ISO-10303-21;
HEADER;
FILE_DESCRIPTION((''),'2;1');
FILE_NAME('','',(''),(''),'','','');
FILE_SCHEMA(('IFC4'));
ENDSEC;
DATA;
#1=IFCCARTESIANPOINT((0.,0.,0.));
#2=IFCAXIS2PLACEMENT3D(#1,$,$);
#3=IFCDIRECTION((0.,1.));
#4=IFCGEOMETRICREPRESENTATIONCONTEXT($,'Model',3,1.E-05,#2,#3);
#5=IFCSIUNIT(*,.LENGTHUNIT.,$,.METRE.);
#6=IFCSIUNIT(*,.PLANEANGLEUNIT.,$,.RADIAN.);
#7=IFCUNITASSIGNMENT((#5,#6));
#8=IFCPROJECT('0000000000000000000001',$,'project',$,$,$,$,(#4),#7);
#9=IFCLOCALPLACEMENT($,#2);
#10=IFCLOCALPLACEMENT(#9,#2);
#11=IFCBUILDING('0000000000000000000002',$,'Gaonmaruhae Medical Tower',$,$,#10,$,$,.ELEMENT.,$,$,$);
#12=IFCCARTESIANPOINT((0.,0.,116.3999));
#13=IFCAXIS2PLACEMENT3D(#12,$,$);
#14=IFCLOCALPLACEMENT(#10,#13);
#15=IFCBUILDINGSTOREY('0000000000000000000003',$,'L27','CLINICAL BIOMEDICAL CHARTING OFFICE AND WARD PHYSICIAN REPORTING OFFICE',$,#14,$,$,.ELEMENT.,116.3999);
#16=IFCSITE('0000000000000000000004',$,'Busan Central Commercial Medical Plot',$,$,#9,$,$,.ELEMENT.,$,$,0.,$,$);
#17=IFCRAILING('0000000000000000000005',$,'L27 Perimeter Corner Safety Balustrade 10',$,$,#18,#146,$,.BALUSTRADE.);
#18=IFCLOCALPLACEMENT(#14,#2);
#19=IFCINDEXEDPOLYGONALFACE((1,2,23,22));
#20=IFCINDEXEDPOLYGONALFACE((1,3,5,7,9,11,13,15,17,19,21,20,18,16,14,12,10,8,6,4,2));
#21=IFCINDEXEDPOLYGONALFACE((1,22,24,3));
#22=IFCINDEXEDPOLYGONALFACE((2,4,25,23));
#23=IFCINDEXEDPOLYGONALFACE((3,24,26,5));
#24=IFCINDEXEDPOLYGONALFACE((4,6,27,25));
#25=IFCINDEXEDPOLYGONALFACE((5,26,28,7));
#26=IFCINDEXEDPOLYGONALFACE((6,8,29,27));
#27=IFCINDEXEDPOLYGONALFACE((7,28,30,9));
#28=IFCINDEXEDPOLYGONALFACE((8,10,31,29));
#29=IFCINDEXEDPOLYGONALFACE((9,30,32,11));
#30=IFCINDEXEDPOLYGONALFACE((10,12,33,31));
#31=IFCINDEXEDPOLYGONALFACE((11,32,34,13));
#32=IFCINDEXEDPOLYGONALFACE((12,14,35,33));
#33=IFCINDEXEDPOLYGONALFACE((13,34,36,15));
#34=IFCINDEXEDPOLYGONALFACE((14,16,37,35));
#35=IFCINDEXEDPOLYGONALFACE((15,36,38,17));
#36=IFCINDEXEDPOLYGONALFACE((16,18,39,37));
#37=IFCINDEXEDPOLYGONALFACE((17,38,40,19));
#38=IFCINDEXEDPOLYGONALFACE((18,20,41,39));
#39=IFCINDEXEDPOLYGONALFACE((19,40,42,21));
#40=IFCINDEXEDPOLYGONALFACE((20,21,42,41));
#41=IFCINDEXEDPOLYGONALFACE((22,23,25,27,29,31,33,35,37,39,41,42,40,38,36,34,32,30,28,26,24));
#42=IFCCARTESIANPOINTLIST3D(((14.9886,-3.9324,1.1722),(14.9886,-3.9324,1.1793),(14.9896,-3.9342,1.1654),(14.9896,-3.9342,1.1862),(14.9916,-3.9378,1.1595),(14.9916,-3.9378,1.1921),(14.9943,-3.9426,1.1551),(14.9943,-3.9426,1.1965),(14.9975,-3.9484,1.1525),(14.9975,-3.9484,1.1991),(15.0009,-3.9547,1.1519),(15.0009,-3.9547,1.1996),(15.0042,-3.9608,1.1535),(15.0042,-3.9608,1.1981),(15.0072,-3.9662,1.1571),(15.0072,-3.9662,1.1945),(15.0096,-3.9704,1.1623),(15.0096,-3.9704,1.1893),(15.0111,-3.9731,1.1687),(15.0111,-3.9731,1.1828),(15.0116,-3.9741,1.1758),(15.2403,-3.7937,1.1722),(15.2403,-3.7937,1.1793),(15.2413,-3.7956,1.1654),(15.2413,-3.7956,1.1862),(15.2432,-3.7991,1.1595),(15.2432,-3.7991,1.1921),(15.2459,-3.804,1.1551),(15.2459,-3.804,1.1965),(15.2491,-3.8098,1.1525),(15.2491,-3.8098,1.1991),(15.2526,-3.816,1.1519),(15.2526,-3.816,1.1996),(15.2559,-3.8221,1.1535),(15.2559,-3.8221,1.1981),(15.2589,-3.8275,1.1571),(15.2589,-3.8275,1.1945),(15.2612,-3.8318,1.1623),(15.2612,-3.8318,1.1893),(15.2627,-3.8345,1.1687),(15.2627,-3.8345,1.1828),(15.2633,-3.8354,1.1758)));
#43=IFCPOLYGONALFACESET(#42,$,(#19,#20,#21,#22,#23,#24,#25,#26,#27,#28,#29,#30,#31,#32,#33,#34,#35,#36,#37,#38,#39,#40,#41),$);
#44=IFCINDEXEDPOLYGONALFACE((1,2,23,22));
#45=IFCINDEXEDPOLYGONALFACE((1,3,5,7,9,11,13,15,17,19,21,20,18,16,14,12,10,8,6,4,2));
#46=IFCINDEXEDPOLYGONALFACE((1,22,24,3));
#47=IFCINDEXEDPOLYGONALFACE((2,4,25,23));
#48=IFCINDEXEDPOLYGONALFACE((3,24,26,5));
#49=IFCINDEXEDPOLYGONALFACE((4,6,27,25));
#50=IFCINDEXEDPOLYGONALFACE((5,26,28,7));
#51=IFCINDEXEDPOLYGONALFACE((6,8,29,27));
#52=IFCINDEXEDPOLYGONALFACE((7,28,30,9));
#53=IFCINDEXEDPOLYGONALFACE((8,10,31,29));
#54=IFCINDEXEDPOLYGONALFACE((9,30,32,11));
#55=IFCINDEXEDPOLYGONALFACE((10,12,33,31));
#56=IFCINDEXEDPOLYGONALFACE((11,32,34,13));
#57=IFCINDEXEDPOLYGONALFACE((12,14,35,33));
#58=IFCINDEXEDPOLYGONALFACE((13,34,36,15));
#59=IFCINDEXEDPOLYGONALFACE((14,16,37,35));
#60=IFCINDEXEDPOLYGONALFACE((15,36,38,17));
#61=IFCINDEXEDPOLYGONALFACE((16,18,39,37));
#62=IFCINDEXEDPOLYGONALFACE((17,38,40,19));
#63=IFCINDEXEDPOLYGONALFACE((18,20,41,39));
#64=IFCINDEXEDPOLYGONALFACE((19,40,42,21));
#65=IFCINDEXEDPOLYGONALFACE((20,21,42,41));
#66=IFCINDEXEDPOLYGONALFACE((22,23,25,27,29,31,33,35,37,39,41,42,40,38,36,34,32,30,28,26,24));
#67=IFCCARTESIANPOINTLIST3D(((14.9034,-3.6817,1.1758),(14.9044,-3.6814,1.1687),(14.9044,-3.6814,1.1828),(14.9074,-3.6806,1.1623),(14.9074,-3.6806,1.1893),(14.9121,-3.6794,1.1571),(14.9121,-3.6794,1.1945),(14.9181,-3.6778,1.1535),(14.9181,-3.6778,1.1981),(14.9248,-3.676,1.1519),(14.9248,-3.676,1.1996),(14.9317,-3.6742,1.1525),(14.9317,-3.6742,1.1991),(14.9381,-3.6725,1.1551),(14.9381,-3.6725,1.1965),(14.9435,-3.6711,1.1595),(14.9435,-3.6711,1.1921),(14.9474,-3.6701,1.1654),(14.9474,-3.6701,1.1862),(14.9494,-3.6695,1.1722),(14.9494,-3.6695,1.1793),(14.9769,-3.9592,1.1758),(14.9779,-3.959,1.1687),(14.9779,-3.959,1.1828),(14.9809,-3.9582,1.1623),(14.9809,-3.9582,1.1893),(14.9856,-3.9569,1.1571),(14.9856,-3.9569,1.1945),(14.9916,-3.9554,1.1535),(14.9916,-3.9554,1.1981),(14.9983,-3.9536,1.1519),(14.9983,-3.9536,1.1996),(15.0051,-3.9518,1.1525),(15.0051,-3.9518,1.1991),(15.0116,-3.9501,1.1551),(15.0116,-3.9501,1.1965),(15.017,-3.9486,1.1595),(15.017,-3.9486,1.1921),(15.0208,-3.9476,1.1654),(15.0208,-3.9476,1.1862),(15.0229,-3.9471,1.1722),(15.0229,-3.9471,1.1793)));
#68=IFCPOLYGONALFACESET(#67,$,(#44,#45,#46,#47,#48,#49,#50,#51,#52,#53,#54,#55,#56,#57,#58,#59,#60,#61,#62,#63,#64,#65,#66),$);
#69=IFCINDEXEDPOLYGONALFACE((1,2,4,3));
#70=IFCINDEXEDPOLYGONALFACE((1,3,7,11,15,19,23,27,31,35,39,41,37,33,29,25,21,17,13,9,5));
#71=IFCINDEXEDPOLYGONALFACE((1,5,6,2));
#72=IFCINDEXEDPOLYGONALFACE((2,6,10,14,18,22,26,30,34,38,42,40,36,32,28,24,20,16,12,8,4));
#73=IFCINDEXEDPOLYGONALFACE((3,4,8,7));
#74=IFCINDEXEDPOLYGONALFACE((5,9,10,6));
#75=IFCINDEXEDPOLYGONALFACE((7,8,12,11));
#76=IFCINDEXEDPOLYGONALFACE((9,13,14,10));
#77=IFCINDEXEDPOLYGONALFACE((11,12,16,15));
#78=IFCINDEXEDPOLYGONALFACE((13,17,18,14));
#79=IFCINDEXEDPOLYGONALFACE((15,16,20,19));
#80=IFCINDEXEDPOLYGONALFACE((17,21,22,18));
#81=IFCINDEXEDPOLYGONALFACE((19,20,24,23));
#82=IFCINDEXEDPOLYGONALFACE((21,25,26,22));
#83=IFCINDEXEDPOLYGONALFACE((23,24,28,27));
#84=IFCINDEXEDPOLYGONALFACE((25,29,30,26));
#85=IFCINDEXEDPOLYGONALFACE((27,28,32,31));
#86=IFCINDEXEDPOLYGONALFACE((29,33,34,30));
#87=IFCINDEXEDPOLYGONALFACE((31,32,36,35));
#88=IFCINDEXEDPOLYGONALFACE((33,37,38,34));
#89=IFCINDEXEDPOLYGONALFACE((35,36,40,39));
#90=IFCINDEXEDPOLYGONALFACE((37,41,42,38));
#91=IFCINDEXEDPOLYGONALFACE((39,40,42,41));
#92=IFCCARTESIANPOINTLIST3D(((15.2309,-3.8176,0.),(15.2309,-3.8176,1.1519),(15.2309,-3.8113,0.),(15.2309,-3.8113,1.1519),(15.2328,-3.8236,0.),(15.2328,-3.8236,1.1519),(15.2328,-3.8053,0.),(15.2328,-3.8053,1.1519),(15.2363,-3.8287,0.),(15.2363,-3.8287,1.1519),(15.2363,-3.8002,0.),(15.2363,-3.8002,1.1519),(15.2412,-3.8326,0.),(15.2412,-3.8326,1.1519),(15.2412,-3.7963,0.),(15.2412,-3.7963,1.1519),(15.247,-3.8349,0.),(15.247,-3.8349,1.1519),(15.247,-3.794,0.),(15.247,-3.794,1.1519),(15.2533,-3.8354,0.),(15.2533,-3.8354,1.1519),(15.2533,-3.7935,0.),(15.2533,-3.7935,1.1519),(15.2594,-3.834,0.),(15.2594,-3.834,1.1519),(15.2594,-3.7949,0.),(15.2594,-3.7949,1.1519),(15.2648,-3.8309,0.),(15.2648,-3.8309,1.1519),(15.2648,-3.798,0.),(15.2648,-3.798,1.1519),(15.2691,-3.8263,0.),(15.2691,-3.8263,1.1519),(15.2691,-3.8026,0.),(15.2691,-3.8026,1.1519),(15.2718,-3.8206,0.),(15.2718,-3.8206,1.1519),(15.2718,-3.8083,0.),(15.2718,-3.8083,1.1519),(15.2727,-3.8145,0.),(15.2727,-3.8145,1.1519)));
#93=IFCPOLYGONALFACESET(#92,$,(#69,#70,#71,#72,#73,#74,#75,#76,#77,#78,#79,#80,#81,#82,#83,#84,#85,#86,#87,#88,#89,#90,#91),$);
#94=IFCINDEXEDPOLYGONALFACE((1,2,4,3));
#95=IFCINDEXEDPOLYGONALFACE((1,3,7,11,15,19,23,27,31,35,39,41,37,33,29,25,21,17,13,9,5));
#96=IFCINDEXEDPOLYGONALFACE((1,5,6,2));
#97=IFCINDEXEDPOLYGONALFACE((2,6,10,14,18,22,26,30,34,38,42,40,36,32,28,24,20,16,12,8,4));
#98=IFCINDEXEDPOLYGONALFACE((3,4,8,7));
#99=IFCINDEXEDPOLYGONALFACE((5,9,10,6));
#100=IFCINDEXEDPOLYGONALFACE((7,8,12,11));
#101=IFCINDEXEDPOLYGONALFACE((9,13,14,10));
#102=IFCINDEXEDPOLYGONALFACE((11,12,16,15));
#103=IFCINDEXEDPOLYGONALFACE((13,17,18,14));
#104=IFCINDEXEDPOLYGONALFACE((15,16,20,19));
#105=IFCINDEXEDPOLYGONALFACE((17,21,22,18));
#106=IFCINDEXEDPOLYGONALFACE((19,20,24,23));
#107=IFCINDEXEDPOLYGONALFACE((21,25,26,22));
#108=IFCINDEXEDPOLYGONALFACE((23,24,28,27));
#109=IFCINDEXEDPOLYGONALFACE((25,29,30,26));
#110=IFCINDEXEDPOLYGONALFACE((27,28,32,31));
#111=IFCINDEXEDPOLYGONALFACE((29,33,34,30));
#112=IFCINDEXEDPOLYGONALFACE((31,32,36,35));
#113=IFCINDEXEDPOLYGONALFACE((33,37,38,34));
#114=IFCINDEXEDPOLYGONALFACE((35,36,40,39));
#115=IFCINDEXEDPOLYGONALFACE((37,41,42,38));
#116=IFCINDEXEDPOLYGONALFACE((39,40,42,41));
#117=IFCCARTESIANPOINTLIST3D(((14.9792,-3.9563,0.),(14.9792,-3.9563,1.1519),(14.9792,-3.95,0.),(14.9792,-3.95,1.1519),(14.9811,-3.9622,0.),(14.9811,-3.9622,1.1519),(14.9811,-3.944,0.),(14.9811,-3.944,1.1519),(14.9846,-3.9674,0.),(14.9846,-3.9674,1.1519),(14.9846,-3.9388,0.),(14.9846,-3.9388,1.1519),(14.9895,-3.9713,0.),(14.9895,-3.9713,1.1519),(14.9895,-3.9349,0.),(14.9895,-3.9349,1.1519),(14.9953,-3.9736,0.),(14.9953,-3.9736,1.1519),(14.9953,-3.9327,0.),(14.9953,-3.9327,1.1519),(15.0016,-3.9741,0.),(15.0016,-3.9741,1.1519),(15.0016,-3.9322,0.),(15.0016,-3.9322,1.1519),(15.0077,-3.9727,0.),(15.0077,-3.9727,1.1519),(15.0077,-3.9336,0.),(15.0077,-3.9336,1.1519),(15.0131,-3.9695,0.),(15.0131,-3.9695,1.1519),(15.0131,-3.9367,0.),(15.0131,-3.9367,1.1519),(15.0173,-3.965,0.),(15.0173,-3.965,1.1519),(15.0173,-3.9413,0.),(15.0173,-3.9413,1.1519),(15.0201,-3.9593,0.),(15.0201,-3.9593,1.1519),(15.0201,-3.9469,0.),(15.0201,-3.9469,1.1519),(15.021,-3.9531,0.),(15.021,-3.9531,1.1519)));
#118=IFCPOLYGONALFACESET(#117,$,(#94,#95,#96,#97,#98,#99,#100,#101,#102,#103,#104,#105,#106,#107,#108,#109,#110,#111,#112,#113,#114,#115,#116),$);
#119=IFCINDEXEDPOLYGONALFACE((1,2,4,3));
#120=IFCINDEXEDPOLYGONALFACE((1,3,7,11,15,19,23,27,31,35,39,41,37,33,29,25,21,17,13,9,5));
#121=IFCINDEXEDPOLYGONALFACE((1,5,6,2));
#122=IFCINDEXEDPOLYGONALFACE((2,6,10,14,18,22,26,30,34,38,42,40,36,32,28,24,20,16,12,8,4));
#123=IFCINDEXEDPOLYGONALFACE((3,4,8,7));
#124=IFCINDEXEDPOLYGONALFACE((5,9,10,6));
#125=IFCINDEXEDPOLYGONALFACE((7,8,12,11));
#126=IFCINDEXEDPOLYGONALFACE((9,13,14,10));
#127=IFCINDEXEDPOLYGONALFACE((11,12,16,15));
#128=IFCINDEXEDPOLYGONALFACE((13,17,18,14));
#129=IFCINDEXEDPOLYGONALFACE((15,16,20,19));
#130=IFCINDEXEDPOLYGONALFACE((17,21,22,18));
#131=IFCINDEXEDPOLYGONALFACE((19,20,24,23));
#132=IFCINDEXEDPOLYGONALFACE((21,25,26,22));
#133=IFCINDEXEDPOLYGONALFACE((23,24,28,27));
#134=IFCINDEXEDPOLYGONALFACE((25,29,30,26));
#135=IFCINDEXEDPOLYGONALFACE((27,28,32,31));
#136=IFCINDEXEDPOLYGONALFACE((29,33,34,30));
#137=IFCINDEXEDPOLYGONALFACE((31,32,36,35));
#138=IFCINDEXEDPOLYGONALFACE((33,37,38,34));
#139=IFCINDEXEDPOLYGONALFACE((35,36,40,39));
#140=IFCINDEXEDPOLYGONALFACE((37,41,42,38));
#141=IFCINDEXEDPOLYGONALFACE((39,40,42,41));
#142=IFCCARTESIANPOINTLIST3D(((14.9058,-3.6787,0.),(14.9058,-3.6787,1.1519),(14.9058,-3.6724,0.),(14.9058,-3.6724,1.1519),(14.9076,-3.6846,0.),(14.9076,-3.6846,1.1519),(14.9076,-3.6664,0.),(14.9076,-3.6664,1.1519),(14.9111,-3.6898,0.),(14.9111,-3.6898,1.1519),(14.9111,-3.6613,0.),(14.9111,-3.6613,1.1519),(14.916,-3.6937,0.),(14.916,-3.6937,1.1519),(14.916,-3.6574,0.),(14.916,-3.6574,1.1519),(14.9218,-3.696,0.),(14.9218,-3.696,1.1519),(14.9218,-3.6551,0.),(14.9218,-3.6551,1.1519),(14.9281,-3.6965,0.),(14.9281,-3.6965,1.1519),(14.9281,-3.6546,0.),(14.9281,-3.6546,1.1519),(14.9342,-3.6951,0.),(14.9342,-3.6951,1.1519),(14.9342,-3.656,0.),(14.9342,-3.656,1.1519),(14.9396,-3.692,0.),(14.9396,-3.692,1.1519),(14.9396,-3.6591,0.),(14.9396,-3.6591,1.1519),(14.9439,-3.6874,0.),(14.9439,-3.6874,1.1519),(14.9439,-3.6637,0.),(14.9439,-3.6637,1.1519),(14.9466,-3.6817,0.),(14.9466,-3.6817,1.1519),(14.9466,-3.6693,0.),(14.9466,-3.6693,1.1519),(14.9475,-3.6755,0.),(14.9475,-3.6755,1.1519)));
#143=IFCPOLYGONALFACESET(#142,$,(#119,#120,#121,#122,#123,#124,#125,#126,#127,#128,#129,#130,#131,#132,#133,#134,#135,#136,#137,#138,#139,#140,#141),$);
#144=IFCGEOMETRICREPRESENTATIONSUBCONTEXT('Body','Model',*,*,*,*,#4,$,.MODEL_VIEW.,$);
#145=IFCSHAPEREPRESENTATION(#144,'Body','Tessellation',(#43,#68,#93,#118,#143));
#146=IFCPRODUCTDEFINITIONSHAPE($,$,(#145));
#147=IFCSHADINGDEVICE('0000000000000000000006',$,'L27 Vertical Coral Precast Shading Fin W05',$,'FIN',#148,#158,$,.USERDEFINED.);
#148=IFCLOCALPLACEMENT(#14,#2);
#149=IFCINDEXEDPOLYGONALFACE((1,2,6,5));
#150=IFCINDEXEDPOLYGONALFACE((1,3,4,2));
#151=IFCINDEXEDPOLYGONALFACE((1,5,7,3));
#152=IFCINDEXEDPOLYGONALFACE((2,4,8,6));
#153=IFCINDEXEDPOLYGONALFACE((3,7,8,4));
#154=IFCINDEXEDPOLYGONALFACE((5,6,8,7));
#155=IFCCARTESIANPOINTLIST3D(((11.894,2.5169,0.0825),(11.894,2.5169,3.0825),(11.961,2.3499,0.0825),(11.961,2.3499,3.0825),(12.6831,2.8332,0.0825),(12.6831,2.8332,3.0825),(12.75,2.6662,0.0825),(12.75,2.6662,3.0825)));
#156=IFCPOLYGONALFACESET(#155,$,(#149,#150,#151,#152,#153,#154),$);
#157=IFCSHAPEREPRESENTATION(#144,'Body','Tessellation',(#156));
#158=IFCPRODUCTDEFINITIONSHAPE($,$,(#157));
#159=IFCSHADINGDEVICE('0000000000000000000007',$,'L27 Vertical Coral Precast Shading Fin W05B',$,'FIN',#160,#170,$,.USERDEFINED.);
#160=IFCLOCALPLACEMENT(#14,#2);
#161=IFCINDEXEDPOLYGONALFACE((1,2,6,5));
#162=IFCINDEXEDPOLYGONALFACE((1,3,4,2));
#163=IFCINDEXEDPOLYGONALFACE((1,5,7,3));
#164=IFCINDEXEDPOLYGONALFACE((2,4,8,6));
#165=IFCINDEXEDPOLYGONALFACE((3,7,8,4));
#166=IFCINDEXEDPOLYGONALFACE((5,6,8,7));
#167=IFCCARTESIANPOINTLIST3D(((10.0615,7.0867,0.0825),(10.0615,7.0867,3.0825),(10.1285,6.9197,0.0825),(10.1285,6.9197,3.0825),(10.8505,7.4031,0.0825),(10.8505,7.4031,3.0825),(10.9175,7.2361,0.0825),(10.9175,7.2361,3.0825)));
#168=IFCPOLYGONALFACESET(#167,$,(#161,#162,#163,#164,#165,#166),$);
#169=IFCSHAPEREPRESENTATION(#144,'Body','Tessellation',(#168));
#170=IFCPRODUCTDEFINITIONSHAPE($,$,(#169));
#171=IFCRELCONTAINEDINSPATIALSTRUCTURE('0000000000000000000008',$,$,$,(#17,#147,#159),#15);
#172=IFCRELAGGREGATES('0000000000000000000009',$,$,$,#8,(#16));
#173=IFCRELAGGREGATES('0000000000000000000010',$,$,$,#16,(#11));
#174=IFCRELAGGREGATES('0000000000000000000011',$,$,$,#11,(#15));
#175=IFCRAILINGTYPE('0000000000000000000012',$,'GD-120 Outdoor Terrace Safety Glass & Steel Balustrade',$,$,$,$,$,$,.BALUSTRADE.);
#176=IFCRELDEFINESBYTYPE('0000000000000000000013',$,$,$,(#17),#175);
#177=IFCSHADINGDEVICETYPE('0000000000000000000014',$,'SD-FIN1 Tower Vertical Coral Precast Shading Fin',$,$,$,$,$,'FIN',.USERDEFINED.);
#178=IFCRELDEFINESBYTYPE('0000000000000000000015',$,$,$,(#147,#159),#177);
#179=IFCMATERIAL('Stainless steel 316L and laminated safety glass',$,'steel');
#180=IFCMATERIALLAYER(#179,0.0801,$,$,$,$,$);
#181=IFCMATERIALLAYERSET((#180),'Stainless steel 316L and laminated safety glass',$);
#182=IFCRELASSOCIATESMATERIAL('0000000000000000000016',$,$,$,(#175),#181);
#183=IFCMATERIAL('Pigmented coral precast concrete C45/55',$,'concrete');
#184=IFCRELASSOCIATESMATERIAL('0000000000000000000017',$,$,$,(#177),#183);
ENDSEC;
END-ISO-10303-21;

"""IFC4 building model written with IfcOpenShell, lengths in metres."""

from ifc_helpers import new_model, si_unit, direction, frame, origin, origin_2d, place, context, subcontext, project, spatial, rectangle, circle, extrude, material, layer, layer_set, type_object, element, save


model = new_model("IFC4")

# Units and contexts
model_context = context("Model", 3, precision=1e-05, world=origin(), true_north=direction((0.0, 1.0)))
body_context = subcontext(model_context, "Body", "Model", "MODEL_VIEW")
ifc_project = project(units=[si_unit("LENGTHUNIT", "METRE"), si_unit("PLANEANGLEUNIT", "RADIAN")], contexts=[model_context])

# Site, building, storey
site_placement = place(None, origin())
site = spatial("IfcSite", under=ifc_project, at=site_placement, Name="Busan Central Commercial Medical Plot", CompositionType="ELEMENT", RefElevation=0.0)
building_placement = place(site_placement, origin())
building = spatial("IfcBuilding", under=site, at=building_placement, Name="Gaonmaruhae Medical Tower", CompositionType="ELEMENT")
storey_placement = place(building_placement, frame((0.0, 0.0, 116.3999)))
storey = spatial("IfcBuildingStorey", under=building, at=storey_placement, Name="L27", Description="CLINICAL BIOMEDICAL CHARTING OFFICE AND WARD PHYSICIAN REPORTING OFFICE", CompositionType="ELEMENT", Elevation=116.3999)

# Railing
ifc_material_1 = material(Name="Stainless steel 316L and laminated safety glass", Category="steel")
ifc_layer_1 = layer(ifc_material_1, 0.0801)
ifc_layer_set_1 = layer_set([ifc_layer_1], Name="Stainless steel 316L and laminated safety glass")
railing_type = type_object("IfcRailingType", Name="GD-120 Outdoor Terrace Safety Glass & Steel Balustrade", PredefinedType="BALUSTRADE", material=ifc_layer_set_1)
railing_1_placement = place(storey_placement, frame((15.2517, -3.8145, 0.0)))
element("IfcRailing", 1, at=railing_1_placement, inside=storey, type_object=railing_type, Name="L27 Perimeter Corner Safety Balustrade 10", PredefinedType="BALUSTRADE", context=body_context, shape_type="SweptSolid", body=[
    extrude(circle(Radius=0.0239, at=origin_2d()), frame((0.0, 0.0, 1.1758), z_axis=(-0.875875, -0.482538, 0.0), x_axis=(0.482538, -0.875875, 0.0)), (0.0, 0.0, 1.0), 0.2874),
    extrude(circle(Radius=0.0239, at=origin_2d()), frame((-0.2517, -0.1387, 1.1758), z_axis=(-0.255916, 0.966699, 0.0), x_axis=(-0.966699, -0.255916, 0.0)), (0.0, 0.0, 1.0), 0.2871),
    extrude(circle(Radius=0.021, at=origin_2d()), origin(), (0.0, 0.0, 1.0), 1.1519),
    extrude(circle(Radius=0.021, at=origin_2d()), frame((-0.2517, -0.1387, 0.0)), (0.0, 0.0, 1.0), 1.1519),
    extrude(circle(Radius=0.021, at=origin_2d()), frame((-0.3252, 0.1389, 0.0)), (0.0, 0.0, 1.0), 1.1519),
])

# Shading devices
ifc_material_2 = material(Name="Pigmented coral precast concrete C45/55", Category="concrete")
shading_device_type = type_object("IfcShadingDeviceType", Name="SD-FIN1 Tower Vertical Coral Precast Shading Fin", ElementType="FIN", PredefinedType="USERDEFINED", material=ifc_material_2)
for number, where, z_axis, x_axis, name in (
    (2, (12.322, 2.5916, 0.0825), (0.0, 0.0, 1.0), (-0.372178, 0.928161, 0.0), "L27 Vertical Coral Precast Shading Fin W05"),
    (3, (10.4895, 7.1614, 0.0825), (0.0, 0.0, 1.0), (-0.372178, 0.928161, 0.0), "L27 Vertical Coral Precast Shading Fin W05B"),
):
    element("IfcShadingDevice", number, at=place(storey_placement, frame(where, z_axis=z_axis, x_axis=x_axis)), inside=storey, type_object=shading_device_type, Name=name, ObjectType="FIN", PredefinedType="USERDEFINED", context=body_context, shape_type="SweptSolid", body=[
        extrude(rectangle(XDim=0.1799, YDim=0.8501, at=origin_2d()), origin(), (0.0, 0.0, 1.0), 3.0),
    ])

save(model, "model.ifc")
